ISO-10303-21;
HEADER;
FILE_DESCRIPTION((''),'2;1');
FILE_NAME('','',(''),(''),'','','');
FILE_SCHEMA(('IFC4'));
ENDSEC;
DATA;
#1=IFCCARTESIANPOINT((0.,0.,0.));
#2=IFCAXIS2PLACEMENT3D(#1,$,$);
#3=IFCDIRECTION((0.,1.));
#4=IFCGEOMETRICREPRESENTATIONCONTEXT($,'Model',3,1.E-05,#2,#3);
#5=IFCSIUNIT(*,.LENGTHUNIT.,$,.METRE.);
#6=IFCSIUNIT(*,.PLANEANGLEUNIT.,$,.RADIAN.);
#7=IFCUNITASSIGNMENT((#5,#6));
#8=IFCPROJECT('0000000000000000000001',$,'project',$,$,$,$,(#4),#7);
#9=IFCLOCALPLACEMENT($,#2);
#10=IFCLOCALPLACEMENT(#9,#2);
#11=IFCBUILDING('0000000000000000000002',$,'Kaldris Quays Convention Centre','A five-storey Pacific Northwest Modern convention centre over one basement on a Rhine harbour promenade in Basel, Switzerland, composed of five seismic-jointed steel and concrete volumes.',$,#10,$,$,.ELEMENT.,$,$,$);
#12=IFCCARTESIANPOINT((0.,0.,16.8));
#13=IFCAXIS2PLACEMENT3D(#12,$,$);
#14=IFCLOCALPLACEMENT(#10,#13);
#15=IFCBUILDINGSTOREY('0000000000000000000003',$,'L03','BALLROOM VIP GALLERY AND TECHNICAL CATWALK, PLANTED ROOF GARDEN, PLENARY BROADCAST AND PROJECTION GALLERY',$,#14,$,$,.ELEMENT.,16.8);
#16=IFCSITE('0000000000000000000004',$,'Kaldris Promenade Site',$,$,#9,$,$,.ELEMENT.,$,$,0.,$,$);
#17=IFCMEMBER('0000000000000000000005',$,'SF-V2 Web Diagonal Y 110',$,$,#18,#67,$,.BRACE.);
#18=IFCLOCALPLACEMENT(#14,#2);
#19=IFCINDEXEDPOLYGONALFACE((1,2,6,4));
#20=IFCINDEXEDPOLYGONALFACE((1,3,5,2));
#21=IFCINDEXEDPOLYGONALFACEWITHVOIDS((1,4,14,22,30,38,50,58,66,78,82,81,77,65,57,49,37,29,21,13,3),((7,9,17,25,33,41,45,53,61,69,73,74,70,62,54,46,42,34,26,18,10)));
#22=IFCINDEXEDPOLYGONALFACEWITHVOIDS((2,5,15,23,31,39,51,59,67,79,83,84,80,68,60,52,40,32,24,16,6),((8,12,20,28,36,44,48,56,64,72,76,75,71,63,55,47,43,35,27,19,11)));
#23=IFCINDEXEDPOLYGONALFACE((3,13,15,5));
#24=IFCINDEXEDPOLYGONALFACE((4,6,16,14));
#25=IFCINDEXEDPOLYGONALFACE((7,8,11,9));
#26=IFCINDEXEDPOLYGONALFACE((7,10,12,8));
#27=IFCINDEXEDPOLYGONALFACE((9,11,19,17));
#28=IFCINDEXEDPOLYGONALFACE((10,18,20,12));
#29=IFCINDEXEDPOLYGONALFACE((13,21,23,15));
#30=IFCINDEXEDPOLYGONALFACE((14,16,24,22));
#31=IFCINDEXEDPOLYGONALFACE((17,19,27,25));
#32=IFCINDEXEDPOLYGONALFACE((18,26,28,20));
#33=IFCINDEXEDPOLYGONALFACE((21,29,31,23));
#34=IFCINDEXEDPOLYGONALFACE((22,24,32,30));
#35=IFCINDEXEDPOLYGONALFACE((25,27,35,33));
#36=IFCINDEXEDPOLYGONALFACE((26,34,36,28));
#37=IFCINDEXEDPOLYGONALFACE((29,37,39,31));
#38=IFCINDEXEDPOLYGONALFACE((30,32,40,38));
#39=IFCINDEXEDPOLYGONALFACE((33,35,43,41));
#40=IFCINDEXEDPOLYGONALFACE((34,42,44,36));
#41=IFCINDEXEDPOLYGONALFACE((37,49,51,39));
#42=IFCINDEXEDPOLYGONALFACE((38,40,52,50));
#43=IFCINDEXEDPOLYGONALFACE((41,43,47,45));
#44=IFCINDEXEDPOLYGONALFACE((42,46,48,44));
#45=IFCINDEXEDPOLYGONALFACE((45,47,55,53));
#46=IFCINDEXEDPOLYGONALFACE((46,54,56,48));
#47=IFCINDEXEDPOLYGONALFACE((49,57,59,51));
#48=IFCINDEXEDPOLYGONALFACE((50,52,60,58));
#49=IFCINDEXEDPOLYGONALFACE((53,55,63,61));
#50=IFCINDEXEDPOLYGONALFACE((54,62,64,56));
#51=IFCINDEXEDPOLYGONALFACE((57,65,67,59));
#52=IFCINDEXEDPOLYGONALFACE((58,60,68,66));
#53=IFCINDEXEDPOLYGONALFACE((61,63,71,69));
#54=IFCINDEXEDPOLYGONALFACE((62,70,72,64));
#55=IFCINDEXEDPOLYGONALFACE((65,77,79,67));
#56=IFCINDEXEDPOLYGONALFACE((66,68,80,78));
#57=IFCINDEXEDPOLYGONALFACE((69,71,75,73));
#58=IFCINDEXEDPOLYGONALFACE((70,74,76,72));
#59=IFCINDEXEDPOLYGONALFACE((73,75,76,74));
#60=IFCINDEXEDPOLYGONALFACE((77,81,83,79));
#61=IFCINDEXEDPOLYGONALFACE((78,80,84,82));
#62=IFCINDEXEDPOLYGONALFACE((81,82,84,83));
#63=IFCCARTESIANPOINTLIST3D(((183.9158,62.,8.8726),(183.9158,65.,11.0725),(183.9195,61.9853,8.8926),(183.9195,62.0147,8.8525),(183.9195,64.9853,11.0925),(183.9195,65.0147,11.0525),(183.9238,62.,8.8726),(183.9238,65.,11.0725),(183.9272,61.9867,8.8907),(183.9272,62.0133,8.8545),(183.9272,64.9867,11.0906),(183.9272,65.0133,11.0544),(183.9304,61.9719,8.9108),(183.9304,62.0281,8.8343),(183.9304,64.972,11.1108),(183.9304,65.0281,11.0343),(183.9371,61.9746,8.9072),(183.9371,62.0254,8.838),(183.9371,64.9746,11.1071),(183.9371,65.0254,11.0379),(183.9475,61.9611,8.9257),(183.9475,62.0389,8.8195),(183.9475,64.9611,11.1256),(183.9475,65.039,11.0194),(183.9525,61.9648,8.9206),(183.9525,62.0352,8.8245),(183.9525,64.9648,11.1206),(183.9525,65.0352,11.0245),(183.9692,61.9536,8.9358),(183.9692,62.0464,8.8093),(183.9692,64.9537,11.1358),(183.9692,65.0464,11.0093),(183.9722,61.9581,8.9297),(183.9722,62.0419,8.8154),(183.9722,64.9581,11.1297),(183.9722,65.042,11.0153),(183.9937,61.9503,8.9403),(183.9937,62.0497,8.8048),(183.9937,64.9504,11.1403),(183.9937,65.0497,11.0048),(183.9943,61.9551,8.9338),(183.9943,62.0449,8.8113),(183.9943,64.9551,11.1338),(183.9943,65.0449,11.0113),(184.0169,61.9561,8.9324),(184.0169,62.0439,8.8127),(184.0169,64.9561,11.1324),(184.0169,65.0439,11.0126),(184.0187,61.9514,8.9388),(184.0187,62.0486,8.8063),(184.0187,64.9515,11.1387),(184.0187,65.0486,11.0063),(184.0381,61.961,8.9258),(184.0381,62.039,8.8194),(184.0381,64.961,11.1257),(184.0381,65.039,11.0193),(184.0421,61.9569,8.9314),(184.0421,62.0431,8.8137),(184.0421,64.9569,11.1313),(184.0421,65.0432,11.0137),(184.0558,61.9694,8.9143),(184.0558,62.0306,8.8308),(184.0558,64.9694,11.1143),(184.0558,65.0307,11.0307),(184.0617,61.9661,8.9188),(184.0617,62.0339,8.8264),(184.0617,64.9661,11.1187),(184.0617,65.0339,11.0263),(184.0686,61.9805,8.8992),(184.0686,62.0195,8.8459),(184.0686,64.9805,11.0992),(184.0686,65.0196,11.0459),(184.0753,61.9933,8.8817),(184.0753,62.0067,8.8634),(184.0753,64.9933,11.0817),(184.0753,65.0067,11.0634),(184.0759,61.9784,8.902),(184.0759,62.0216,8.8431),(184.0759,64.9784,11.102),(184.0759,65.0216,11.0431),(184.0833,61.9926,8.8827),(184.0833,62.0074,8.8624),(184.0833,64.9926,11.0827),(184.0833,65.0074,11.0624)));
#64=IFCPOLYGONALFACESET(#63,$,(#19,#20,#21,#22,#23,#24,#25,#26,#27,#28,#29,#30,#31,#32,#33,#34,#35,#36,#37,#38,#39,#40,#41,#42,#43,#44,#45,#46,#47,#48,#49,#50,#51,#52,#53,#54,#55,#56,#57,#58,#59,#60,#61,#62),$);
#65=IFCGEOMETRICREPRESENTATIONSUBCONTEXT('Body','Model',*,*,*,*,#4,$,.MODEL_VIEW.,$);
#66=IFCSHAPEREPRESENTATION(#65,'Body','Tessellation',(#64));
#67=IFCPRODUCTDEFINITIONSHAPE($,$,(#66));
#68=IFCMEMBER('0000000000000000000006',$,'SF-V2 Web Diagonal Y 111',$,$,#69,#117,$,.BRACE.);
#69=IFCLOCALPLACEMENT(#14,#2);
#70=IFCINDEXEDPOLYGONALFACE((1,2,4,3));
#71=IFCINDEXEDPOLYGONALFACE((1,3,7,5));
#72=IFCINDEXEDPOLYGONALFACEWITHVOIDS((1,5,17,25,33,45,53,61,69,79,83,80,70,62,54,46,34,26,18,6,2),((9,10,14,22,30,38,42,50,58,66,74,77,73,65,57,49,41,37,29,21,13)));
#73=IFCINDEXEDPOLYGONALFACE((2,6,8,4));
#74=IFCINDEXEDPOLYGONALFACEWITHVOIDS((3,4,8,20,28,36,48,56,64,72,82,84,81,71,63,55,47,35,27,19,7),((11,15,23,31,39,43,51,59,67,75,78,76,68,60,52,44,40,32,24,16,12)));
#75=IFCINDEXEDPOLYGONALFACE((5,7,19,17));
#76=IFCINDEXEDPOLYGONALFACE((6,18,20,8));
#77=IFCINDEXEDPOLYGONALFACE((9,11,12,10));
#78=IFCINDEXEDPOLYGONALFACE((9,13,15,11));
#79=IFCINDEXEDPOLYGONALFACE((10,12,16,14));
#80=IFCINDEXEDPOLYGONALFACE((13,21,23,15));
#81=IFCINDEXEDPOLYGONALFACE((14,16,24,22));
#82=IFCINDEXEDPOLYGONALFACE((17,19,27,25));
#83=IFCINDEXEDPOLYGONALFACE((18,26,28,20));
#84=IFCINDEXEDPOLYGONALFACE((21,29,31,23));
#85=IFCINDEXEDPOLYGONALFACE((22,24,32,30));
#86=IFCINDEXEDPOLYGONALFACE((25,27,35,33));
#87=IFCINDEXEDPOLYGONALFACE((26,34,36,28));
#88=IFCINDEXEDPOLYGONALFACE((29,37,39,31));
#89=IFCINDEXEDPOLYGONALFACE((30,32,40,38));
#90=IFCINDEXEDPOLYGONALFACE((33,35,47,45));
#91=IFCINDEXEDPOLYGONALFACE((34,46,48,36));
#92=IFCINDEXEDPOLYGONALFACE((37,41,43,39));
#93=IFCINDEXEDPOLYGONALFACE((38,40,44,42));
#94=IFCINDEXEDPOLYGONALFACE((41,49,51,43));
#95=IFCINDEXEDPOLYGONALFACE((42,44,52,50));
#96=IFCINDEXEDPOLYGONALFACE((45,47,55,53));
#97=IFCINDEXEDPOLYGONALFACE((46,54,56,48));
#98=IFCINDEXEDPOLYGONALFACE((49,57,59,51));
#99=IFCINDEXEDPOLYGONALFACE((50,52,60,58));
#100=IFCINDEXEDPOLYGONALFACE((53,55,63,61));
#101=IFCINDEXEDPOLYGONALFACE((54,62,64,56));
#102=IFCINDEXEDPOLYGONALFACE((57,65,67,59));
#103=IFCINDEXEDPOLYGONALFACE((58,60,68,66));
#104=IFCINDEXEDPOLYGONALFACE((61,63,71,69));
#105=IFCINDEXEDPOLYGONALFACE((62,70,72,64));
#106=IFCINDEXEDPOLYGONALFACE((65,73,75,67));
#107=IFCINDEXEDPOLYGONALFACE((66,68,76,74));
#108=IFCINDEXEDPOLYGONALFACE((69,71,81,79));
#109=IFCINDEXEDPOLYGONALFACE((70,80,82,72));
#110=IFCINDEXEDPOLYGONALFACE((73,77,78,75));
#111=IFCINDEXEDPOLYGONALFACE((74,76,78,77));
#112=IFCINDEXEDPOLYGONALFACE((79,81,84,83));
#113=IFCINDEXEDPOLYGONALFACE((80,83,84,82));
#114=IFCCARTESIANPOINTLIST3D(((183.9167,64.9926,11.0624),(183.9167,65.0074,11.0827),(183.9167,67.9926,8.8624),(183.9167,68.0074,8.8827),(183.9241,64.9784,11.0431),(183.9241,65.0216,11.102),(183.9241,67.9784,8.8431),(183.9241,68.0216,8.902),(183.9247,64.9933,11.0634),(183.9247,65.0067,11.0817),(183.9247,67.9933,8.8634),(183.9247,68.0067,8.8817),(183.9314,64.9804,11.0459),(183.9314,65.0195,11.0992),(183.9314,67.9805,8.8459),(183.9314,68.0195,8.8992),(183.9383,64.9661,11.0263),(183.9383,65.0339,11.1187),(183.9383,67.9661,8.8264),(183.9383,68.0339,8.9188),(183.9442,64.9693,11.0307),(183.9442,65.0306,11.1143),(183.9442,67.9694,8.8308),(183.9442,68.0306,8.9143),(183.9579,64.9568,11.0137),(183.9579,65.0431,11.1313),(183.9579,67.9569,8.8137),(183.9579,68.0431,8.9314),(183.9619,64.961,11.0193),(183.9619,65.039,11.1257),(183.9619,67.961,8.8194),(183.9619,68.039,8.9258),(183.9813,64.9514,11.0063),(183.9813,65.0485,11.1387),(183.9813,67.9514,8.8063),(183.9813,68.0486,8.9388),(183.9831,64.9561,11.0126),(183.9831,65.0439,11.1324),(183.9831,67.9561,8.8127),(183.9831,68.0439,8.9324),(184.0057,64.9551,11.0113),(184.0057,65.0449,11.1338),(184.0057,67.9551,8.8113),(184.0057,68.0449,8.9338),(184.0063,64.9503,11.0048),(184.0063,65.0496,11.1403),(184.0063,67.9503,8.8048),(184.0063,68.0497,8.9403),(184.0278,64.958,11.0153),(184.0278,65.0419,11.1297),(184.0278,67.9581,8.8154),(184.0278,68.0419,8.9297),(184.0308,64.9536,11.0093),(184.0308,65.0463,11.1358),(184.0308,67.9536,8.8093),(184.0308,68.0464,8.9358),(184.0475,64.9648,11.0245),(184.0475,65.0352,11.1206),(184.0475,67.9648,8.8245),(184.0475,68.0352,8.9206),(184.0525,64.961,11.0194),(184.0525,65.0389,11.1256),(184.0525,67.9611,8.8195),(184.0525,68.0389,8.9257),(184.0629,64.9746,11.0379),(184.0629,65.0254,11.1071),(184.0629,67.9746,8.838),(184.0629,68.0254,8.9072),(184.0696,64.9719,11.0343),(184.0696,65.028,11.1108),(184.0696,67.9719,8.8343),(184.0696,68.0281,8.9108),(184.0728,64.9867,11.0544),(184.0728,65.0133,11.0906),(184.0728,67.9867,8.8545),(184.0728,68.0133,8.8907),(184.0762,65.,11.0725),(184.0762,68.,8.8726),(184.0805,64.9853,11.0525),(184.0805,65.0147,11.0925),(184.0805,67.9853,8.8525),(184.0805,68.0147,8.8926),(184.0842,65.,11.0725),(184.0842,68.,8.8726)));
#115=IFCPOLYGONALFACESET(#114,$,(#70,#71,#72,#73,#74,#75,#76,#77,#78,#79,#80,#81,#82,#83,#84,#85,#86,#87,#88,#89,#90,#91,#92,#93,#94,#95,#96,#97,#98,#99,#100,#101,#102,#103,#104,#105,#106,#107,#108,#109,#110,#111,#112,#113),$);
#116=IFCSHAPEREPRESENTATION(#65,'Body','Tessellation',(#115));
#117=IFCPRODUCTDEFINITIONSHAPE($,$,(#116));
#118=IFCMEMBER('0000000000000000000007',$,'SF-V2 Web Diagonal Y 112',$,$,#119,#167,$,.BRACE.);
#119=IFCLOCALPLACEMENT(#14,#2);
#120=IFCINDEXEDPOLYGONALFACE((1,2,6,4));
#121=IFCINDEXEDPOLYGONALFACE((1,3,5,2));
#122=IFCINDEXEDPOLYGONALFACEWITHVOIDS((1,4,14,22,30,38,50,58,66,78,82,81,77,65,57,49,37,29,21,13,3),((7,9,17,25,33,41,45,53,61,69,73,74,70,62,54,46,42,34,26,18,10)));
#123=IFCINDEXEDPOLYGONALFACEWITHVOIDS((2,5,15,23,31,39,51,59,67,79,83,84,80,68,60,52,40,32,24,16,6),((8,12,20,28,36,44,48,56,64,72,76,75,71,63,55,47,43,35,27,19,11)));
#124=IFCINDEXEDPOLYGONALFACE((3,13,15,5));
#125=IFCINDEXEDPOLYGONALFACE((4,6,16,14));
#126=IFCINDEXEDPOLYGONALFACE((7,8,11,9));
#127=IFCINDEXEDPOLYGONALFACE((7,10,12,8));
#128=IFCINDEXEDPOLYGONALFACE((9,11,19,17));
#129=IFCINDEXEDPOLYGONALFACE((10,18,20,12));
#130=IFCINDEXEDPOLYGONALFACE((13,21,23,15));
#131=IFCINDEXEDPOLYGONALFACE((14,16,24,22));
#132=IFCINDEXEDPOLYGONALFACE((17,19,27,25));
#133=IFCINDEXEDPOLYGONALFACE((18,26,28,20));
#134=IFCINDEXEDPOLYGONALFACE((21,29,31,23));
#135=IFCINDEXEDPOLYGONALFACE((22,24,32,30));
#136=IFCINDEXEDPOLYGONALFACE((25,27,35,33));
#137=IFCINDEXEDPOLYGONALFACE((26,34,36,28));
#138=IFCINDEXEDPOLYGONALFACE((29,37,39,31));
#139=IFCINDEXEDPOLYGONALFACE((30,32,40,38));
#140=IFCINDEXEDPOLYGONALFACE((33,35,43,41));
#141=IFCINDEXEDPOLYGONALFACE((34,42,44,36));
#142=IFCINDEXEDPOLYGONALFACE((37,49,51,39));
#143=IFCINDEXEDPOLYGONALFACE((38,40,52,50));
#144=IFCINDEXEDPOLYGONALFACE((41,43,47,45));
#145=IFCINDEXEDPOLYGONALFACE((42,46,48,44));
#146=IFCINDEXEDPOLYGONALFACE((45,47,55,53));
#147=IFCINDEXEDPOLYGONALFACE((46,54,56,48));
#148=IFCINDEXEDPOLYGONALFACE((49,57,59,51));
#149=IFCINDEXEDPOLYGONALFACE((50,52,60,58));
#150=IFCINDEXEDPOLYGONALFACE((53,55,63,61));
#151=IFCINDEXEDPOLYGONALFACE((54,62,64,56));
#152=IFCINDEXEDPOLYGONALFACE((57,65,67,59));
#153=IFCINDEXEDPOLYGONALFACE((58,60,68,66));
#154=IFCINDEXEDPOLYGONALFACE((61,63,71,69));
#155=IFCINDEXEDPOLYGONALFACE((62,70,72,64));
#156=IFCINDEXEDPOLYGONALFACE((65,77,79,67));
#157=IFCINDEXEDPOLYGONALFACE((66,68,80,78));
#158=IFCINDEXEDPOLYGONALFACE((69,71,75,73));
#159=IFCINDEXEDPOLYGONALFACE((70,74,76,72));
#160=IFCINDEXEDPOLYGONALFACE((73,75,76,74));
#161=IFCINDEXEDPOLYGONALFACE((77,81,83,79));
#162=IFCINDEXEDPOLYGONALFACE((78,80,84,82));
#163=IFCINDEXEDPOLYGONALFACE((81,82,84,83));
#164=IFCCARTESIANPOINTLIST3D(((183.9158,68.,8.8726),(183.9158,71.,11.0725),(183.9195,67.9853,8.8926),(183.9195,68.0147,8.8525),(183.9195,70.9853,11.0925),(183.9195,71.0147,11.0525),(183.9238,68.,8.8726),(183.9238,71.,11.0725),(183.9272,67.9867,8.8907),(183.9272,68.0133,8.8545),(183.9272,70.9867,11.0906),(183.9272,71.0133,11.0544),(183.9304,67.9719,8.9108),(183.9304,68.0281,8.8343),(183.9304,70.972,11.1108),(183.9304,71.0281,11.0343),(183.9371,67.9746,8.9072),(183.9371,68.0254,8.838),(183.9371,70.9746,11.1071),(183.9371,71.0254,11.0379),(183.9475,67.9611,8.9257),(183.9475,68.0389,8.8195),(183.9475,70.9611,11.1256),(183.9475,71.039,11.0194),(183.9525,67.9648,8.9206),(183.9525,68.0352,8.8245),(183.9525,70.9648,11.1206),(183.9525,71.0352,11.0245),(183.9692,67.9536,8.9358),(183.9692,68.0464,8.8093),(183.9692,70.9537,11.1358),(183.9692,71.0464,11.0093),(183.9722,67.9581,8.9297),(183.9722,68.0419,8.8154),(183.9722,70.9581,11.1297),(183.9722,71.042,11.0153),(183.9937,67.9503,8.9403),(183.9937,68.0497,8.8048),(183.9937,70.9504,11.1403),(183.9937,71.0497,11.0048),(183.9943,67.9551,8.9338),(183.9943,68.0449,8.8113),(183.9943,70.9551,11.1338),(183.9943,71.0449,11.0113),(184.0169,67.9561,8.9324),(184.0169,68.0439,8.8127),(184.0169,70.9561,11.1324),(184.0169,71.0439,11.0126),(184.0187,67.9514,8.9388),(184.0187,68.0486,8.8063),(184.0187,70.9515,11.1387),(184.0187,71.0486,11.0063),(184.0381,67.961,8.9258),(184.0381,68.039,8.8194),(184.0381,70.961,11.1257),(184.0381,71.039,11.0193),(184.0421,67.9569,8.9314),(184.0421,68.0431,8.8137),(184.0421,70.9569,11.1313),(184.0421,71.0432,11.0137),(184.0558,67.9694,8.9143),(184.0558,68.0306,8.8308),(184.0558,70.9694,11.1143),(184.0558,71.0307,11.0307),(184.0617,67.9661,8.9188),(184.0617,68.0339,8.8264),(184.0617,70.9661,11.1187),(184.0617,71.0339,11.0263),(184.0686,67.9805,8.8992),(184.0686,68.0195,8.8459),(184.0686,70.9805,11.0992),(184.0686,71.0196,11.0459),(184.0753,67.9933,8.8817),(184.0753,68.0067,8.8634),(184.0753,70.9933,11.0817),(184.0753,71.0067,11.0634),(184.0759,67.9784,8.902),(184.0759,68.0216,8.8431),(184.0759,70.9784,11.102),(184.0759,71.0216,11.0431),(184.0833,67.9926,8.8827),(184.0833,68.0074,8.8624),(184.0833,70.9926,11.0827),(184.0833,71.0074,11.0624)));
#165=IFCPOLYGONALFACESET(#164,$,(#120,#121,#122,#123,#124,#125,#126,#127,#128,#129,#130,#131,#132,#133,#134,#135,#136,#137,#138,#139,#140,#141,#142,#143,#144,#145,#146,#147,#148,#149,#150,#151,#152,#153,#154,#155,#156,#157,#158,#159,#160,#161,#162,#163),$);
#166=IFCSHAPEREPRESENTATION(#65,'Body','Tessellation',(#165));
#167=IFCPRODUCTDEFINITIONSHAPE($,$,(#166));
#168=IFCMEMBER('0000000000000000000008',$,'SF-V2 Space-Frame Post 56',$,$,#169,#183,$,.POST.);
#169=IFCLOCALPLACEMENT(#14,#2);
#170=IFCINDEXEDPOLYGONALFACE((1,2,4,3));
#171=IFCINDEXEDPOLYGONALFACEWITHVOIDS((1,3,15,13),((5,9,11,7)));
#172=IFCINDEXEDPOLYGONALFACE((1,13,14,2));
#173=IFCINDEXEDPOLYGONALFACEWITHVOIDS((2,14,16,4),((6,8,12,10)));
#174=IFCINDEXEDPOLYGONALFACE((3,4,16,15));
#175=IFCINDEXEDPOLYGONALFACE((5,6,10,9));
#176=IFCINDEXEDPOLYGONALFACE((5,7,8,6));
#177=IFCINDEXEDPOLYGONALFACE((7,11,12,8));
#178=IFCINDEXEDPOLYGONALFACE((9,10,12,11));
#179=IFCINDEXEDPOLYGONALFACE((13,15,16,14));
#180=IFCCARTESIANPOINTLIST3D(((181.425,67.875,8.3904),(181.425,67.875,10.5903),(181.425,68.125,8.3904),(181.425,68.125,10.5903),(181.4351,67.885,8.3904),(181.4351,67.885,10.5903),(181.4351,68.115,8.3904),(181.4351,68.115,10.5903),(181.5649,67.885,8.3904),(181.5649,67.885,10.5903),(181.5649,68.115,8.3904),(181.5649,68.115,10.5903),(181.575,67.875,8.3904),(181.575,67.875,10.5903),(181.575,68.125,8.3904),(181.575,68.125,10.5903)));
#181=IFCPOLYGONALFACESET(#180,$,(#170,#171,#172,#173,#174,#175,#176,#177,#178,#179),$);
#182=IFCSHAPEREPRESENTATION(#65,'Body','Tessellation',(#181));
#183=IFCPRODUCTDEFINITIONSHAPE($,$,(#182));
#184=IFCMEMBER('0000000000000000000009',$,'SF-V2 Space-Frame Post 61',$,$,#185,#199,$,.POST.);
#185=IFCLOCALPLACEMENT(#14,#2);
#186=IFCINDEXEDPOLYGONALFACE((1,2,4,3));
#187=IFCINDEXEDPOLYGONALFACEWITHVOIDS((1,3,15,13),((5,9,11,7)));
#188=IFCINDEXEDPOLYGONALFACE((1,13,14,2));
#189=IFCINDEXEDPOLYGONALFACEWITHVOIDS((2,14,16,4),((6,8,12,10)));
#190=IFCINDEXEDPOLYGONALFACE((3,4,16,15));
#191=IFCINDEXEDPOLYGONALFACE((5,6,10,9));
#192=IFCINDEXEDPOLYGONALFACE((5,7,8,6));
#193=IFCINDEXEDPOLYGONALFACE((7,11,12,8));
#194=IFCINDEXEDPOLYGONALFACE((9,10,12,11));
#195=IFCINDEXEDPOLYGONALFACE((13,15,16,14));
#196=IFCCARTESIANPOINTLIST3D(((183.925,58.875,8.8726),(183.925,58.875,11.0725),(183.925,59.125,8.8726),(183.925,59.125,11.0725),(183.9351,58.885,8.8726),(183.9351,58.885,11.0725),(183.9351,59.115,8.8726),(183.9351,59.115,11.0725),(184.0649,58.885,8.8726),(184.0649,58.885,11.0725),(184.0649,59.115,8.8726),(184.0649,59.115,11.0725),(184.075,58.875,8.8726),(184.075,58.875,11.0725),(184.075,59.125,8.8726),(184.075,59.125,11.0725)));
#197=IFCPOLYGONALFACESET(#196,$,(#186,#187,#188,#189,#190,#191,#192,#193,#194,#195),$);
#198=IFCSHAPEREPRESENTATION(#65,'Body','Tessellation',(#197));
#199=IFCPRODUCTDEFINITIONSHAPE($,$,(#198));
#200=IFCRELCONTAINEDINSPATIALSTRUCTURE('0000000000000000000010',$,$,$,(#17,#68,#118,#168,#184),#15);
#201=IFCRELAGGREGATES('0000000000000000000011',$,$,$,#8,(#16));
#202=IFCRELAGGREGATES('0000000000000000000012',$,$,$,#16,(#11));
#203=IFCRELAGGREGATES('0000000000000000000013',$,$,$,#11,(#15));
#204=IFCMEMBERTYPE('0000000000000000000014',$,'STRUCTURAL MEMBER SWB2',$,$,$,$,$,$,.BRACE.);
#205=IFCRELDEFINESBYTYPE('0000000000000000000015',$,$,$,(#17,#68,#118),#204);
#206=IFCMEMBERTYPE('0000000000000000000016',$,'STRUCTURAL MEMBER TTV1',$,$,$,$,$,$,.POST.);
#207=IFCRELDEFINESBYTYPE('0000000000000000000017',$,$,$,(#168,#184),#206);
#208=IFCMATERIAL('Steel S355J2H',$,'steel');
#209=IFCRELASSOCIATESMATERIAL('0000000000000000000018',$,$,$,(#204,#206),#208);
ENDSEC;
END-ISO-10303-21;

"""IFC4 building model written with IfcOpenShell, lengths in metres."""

from ifc_helpers import new_model, si_unit, direction, frame, origin, origin_2d, place, context, subcontext, project, spatial, hollow_rectangle, hollow_circle, extrude, material, material_profile, profile_set, type_object, element, save


model = new_model("IFC4")

# Units and contexts
model_context = context("Model", 3, precision=1e-05, world=origin(), true_north=direction((0.0, 1.0)))
body_context = subcontext(model_context, "Body", "Model", "MODEL_VIEW")
ifc_project = project(units=[si_unit("LENGTHUNIT", "METRE"), si_unit("PLANEANGLEUNIT", "RADIAN")], contexts=[model_context])

# Site, building, storey
site_placement = place(None, origin())
site = spatial("IfcSite", under=ifc_project, at=site_placement, Name="Kaldris Promenade Site", CompositionType="ELEMENT", RefElevation=0.0)
building_placement = place(site_placement, origin())
building = spatial("IfcBuilding", under=site, at=building_placement, Name="Kaldris Quays Convention Centre", Description="A five-storey Pacific Northwest Modern convention centre over one basement on a Rhine harbour promenade in Basel, Switzerland, composed of five seismic-jointed steel and concrete volumes.", CompositionType="ELEMENT")
storey_placement = place(building_placement, frame((0.0, 0.0, 16.8)))
storey = spatial("IfcBuildingStorey", under=building, at=storey_placement, Name="L03", Description="BALLROOM VIP GALLERY AND TECHNICAL CATWALK, PLANTED ROOF GARDEN, PLENARY BROADCAST AND PROJECTION GALLERY", CompositionType="ELEMENT", Elevation=16.8)

# Members
ifc_material_1 = material(Name="Steel S355J2H", Category="steel")
ifc_material_profile_1 = material_profile(ifc_material_1, hollow_circle(Radius=0.0842, WallThickness=0.0081, at=origin_2d()), Name="CHS 168.3x8")
ifc_profile_set_1 = profile_set([ifc_material_profile_1], Name="Steel S355J2H")
member_type_1 = type_object("IfcMemberType", Name="STRUCTURAL MEMBER SWB2", PredefinedType="BRACE", material=ifc_profile_set_1)
for number, where, z_axis, x_axis, name in (
    (1, (184.0, 62.0, 8.8726), (0.0, 0.806411, 0.591355), (-1.0, 0.0, 0.0), "SF-V2 Web Diagonal Y 110"),
    (2, (184.0, 68.0, 8.8726), (0.0, -0.806411, 0.591355), (1.0, 0.0, 0.0), "SF-V2 Web Diagonal Y 111"),
    (3, (184.0, 68.0, 8.8726), (0.0, 0.806411, 0.591355), (-1.0, 0.0, 0.0), "SF-V2 Web Diagonal Y 112"),
):
    element("IfcMember", number, at=place(storey_placement, frame(where, z_axis=z_axis, x_axis=x_axis)), inside=storey, type_object=member_type_1, Name=name, PredefinedType="BRACE", context=body_context, shape_type="SweptSolid", body=[
        extrude(hollow_circle(Radius=0.0842, WallThickness=0.0081, at=origin_2d()), origin(), (0.0, 0.0, 1.0), 3.7202),
    ])
ifc_material_profile_2 = material_profile(ifc_material_1, hollow_rectangle(XDim=0.1499, YDim=0.25, WallThickness=0.01, at=origin_2d()), Name="RHS 250x150x10")
ifc_profile_set_2 = profile_set([ifc_material_profile_2], Name="Steel S355J2H")
member_type_2 = type_object("IfcMemberType", Name="STRUCTURAL MEMBER TTV1", PredefinedType="POST", material=ifc_profile_set_2)
for number, where, z_axis, x_axis, name in (
    (4, (181.5, 68.0, 8.3904), (0.0, 0.0, 1.0), (1.0, 0.0, 0.0), "SF-V2 Space-Frame Post 56"),
    (5, (184.0, 59.0, 8.8726), (0.0, 0.0, 1.0), (1.0, 0.0, 0.0), "SF-V2 Space-Frame Post 61"),
):
    element("IfcMember", number, at=place(storey_placement, frame(where, z_axis=z_axis, x_axis=x_axis)), inside=storey, type_object=member_type_2, Name=name, PredefinedType="POST", context=body_context, shape_type="SweptSolid", body=[
        extrude(hollow_rectangle(XDim=0.1499, YDim=0.25, WallThickness=0.01, at=origin_2d()), origin(), (0.0, 0.0, 1.0), 2.2),
    ])

save(model, "model.ifc")
